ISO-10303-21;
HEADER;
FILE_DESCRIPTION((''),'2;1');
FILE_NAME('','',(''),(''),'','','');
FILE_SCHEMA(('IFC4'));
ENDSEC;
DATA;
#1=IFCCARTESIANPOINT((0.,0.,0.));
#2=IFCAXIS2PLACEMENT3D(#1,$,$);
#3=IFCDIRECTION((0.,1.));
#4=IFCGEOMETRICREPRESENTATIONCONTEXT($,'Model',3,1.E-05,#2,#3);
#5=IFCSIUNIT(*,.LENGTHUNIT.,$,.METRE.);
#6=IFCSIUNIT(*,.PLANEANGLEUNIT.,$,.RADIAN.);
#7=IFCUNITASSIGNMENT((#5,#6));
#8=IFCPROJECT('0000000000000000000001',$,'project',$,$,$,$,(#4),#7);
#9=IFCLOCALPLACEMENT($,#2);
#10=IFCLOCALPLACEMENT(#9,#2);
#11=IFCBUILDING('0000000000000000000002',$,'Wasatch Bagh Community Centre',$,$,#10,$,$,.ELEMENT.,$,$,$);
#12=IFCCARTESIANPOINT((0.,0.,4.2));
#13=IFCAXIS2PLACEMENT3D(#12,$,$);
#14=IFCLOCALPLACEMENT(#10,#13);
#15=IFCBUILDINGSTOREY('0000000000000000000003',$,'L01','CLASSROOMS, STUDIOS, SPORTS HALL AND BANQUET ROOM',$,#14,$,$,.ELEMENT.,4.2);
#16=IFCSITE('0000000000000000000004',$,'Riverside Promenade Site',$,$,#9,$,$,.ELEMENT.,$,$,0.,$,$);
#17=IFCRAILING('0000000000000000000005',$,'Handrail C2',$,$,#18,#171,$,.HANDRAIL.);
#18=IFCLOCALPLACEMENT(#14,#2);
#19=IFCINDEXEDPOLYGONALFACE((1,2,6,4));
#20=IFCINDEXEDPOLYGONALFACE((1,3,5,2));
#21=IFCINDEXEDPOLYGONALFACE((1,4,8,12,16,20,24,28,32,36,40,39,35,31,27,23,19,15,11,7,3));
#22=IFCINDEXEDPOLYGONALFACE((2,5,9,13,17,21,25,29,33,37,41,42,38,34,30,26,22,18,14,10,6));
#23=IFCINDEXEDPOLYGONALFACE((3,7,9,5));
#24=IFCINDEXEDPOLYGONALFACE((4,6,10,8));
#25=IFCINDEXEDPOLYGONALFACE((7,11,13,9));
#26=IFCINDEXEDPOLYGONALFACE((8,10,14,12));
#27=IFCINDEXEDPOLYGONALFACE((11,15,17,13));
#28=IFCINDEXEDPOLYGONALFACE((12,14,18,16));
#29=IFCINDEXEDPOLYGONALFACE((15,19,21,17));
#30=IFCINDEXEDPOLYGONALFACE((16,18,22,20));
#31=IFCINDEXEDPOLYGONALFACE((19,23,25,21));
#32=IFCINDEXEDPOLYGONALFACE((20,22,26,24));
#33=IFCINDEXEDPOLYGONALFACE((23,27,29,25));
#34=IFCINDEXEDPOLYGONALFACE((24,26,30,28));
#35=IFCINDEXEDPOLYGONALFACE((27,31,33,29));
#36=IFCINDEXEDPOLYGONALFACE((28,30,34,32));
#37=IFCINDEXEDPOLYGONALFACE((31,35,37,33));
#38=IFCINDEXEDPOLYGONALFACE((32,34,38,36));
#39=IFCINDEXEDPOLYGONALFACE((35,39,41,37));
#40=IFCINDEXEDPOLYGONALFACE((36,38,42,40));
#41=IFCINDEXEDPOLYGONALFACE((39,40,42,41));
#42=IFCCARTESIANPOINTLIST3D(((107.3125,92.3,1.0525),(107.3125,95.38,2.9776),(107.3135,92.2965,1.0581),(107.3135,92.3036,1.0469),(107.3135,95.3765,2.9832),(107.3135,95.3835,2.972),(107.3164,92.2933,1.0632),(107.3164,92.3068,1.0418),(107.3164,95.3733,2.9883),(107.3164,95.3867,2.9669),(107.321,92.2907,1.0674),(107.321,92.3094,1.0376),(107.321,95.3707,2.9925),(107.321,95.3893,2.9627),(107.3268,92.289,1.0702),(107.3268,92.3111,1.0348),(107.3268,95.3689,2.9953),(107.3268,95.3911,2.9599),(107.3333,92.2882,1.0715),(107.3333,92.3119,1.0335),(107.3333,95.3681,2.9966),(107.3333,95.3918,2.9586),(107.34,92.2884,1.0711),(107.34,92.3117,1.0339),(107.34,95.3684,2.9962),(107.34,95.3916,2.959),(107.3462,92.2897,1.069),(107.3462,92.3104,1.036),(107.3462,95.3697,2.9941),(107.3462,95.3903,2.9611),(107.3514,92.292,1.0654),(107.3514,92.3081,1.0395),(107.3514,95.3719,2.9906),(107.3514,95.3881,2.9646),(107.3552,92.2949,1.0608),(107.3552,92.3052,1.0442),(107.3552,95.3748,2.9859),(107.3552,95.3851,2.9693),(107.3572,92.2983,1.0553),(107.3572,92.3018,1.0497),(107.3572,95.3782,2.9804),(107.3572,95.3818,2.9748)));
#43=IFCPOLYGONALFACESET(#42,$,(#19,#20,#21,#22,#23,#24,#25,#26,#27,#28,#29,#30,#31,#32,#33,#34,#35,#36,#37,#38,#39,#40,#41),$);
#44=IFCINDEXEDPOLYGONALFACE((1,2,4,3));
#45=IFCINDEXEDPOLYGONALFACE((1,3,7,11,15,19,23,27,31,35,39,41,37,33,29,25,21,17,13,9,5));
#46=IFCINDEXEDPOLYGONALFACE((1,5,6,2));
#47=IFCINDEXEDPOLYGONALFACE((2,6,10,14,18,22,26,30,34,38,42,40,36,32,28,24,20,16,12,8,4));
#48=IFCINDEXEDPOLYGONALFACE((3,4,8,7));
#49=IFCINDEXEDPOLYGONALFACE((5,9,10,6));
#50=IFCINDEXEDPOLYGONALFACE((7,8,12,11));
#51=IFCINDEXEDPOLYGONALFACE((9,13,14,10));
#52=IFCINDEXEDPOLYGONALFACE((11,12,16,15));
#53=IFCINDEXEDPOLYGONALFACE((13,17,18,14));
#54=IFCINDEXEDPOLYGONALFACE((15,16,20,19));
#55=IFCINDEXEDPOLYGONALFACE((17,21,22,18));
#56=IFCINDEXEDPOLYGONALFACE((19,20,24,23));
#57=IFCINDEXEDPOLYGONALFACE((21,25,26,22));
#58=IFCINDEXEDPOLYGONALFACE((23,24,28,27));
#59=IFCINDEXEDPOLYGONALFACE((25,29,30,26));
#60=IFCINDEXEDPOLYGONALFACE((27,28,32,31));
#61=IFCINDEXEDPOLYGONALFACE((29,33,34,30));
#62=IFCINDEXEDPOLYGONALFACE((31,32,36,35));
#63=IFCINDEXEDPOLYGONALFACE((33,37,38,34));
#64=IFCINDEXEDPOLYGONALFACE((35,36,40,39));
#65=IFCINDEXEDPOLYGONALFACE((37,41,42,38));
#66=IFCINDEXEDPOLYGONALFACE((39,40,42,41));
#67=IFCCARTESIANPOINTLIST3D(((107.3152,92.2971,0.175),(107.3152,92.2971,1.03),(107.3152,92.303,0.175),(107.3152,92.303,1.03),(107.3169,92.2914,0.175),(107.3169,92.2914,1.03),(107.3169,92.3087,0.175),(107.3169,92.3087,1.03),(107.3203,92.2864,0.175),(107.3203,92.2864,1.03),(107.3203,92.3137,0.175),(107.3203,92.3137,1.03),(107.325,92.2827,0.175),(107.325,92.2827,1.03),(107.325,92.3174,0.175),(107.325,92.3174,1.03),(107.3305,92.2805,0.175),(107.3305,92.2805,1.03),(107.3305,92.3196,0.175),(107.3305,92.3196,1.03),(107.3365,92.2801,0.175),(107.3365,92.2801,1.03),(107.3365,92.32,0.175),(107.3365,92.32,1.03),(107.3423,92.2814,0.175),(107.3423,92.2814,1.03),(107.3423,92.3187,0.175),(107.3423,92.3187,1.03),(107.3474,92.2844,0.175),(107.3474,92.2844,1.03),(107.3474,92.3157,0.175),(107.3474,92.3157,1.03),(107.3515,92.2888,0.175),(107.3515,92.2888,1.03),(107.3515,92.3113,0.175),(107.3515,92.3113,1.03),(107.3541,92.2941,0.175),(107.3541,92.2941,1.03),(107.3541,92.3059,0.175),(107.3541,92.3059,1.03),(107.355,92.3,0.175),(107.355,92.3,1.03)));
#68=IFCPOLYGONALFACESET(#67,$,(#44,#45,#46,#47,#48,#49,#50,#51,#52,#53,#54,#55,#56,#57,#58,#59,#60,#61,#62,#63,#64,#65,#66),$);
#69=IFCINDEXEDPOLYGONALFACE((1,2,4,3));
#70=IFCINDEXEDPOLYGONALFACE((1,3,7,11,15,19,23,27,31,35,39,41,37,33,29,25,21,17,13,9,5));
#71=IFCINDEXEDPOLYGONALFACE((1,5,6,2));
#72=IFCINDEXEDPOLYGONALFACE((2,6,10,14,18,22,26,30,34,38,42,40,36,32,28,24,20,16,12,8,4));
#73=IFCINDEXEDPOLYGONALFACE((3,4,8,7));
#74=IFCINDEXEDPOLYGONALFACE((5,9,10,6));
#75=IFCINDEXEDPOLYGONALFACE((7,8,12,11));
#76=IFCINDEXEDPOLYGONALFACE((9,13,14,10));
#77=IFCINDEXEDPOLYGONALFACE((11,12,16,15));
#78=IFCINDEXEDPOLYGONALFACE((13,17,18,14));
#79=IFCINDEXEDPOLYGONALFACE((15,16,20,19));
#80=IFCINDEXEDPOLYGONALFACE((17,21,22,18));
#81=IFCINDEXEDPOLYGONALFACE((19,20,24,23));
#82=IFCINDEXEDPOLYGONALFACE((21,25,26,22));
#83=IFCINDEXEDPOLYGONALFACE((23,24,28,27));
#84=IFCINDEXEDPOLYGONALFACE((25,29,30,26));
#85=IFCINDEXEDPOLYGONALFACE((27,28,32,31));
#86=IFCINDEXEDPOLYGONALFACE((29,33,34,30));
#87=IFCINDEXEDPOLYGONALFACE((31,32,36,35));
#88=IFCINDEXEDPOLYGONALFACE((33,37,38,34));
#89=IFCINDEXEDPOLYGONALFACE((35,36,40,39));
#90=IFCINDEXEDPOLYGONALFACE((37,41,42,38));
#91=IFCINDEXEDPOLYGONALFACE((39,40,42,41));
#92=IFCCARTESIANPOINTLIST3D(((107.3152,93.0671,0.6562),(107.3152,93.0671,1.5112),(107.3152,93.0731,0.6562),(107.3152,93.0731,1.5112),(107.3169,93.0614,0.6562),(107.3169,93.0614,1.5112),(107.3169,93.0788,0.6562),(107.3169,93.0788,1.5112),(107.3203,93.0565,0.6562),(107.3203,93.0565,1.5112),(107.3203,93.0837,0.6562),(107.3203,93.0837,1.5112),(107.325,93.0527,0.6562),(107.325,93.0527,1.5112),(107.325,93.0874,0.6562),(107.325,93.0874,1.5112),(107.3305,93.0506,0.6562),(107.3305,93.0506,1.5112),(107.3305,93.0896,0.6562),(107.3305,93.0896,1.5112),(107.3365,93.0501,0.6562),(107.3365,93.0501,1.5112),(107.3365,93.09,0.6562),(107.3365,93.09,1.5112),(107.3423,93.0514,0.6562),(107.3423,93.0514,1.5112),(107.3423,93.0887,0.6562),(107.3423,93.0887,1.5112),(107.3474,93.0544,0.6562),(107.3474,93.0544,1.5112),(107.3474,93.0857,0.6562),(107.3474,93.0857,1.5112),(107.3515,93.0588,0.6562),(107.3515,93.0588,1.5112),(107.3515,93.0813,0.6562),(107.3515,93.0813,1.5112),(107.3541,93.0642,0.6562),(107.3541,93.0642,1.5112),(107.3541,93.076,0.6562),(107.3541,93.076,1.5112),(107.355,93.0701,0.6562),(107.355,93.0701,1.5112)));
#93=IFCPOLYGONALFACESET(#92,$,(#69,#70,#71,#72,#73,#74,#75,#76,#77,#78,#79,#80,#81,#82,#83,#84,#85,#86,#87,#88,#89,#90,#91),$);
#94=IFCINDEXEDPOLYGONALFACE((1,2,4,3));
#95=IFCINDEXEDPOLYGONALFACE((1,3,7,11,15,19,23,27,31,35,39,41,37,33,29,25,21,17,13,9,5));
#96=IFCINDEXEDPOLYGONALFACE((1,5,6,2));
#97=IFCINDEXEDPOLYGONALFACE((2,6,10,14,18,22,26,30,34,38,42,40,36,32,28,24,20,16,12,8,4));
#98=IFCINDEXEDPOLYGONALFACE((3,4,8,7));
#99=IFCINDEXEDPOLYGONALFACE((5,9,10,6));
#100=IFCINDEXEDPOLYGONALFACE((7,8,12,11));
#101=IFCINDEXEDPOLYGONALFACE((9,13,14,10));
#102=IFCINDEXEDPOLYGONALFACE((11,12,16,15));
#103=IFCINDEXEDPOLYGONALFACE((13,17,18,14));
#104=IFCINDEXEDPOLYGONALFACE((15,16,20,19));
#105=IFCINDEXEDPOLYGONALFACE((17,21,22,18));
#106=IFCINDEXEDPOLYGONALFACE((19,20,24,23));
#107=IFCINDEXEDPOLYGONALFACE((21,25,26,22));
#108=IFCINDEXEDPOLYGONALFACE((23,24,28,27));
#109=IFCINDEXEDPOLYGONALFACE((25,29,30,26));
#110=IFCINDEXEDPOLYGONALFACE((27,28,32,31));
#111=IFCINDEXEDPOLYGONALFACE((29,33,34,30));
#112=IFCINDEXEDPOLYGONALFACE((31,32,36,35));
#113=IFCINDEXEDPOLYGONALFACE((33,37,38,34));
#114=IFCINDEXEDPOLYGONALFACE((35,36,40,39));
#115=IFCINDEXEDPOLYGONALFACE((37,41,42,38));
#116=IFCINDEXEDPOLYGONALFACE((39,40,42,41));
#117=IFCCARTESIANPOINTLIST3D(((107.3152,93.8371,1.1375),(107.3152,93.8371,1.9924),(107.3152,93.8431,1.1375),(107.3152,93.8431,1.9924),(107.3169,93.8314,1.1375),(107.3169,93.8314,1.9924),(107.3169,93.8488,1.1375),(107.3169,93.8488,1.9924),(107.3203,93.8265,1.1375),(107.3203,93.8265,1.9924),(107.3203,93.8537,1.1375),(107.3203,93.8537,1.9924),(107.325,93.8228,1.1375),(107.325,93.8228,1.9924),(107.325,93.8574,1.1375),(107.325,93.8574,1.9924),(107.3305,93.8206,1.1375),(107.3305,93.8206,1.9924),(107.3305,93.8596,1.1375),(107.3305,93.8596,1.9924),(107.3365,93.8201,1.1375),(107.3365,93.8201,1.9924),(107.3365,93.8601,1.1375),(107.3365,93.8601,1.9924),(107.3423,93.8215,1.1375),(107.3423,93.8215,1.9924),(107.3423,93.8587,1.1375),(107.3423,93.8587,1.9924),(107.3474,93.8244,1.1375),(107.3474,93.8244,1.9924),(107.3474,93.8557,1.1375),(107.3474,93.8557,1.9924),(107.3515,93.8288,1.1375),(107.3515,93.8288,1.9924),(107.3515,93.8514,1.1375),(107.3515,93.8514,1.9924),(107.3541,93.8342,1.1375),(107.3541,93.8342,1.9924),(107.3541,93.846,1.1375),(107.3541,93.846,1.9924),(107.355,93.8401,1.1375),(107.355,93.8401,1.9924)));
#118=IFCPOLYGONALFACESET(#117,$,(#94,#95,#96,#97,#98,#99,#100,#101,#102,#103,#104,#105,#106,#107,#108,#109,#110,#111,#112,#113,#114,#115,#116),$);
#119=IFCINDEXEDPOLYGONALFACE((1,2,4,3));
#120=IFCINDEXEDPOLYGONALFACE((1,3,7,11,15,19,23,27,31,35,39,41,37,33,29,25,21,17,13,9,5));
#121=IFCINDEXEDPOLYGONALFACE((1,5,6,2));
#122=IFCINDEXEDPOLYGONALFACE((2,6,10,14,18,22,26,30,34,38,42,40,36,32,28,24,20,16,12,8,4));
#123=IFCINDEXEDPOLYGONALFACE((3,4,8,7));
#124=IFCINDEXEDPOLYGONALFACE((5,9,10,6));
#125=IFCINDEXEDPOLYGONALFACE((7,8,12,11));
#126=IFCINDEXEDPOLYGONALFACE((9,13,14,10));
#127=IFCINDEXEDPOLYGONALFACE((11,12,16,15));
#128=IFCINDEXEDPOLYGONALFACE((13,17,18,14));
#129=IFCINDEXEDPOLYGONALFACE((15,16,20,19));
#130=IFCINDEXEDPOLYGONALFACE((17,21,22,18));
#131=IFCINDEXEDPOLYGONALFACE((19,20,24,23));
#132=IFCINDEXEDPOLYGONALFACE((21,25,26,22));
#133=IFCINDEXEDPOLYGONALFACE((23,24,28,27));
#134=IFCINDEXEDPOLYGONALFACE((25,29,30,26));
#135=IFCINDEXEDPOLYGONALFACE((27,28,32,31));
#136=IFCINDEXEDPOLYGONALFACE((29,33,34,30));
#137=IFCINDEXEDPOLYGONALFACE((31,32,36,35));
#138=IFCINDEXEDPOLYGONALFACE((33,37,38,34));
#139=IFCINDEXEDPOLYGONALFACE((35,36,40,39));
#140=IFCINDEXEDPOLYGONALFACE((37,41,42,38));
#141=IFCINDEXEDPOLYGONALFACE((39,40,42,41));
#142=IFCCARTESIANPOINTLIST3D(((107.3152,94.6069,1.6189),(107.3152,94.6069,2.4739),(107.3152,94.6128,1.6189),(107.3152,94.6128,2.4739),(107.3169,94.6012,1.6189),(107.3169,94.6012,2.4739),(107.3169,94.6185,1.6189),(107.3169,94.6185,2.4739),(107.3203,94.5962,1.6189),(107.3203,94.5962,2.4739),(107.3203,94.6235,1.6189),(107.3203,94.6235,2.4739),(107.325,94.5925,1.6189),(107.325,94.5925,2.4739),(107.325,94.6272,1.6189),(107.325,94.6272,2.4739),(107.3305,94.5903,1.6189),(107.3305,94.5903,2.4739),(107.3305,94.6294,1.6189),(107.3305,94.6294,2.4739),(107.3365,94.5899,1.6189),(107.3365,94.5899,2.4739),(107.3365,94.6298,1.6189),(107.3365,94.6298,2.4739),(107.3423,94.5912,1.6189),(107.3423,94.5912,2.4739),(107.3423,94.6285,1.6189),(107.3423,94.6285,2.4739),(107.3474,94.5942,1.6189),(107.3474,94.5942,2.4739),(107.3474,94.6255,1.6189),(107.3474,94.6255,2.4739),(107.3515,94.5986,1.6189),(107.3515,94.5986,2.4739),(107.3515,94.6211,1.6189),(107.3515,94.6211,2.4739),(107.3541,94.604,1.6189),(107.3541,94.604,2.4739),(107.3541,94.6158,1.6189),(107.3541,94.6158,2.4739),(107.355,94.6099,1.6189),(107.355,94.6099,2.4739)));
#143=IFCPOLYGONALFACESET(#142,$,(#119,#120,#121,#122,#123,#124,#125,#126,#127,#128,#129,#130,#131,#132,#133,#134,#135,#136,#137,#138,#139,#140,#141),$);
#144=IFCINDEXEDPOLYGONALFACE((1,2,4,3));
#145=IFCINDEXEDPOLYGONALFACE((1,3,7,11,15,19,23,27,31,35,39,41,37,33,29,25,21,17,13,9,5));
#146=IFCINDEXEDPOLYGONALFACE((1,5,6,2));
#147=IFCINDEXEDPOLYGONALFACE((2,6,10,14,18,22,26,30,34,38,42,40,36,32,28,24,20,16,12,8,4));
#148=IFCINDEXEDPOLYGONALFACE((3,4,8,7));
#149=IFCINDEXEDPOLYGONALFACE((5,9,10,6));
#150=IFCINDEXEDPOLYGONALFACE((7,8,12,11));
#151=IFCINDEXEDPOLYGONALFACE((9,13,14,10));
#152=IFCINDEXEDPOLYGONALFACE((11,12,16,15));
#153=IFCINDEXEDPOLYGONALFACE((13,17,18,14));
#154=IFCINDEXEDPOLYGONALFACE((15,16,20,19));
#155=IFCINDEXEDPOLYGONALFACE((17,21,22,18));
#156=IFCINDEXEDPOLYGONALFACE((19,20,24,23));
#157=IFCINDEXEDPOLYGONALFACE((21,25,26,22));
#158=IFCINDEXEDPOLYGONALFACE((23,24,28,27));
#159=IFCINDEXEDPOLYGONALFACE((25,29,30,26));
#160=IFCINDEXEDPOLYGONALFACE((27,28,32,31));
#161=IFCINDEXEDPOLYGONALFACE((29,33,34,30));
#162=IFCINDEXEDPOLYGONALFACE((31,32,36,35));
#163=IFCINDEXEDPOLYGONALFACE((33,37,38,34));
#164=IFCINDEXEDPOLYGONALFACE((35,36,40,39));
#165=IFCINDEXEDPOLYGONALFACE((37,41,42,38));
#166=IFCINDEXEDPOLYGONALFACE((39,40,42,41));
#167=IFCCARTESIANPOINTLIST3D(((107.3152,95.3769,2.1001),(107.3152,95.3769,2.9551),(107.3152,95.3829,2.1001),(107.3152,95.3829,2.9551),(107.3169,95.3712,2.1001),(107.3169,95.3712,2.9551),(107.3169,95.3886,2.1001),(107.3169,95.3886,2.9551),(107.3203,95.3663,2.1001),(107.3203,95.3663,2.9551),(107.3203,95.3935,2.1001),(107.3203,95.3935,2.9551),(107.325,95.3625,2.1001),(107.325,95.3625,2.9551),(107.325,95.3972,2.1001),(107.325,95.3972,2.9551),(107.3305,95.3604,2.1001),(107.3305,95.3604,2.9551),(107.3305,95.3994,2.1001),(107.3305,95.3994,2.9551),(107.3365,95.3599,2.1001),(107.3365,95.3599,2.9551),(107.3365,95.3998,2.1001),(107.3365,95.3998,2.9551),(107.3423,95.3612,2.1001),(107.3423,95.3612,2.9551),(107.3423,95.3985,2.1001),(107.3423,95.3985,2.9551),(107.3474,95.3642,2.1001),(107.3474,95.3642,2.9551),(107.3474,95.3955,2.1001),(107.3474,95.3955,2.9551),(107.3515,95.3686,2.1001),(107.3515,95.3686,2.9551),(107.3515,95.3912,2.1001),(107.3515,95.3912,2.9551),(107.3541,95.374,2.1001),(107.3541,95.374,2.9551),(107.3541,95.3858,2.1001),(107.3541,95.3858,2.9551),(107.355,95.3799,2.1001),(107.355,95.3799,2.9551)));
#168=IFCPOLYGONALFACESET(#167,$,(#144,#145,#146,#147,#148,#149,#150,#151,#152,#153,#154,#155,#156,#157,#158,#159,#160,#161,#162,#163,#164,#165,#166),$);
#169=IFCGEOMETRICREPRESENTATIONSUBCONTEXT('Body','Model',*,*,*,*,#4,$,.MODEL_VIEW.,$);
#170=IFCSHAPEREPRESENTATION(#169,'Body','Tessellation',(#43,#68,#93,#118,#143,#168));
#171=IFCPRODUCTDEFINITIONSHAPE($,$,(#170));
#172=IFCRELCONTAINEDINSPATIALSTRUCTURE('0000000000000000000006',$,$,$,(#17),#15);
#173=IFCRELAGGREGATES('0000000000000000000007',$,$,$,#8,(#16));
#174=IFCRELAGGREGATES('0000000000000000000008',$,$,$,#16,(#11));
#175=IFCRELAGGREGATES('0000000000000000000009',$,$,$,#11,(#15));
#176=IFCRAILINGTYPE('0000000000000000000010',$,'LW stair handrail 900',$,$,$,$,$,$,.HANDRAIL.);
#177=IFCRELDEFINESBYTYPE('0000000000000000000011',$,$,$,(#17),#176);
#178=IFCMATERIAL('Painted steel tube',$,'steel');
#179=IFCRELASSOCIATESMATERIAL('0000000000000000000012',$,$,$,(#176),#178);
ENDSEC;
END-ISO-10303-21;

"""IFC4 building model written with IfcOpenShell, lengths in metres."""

from ifc_helpers import new_model, si_unit, direction, frame, origin, origin_2d, place, context, subcontext, project, spatial, circle, extrude, material, type_object, element, save


model = new_model("IFC4")

# Units and contexts
model_context = context("Model", 3, precision=1e-05, world=origin(), true_north=direction((0.0, 1.0)))
body_context = subcontext(model_context, "Body", "Model", "MODEL_VIEW")
ifc_project = project(units=[si_unit("LENGTHUNIT", "METRE"), si_unit("PLANEANGLEUNIT", "RADIAN")], contexts=[model_context])

# Site, building, storey
site_placement = place(None, origin())
site = spatial("IfcSite", under=ifc_project, at=site_placement, Name="Riverside Promenade Site", CompositionType="ELEMENT", RefElevation=0.0)
building_placement = place(site_placement, origin())
building = spatial("IfcBuilding", under=site, at=building_placement, Name="Wasatch Bagh Community Centre", CompositionType="ELEMENT")
storey_placement = place(building_placement, frame((0.0, 0.0, 4.2)))
storey = spatial("IfcBuildingStorey", under=building, at=storey_placement, Name="L01", Description="CLASSROOMS, STUDIOS, SPORTS HALL AND BANQUET ROOM", CompositionType="ELEMENT", Elevation=4.2)

# Railing
ifc_material_1 = material(Name="Painted steel tube", Category="steel")
railing_type_1 = type_object("IfcRailingType", Name="LW stair handrail 900", PredefinedType="HANDRAIL", material=ifc_material_1)
railing_1_placement = place(storey_placement, frame((107.335, 92.3, 0.175)))
element("IfcRailing", 1, at=railing_1_placement, inside=storey, type_object=railing_type_1, Name="Handrail C2", PredefinedType="HANDRAIL", context=body_context, shape_type="SweptSolid", body=[
    extrude(circle(Radius=0.0225, at=origin_2d()), frame((0.0, 0.0, 0.8774), z_axis=(0.0, 0.847979, 0.530029), x_axis=(-1.0, 0.0, 0.0)), (0.0, 0.0, 1.0), 3.6321),
    extrude(circle(Radius=0.02, at=origin_2d()), origin(), (0.0, 0.0, 1.0), 0.855),
    extrude(circle(Radius=0.02, at=origin_2d()), frame((0.0, 0.77, 0.4812)), (0.0, 0.0, 1.0), 0.855),
    extrude(circle(Radius=0.02, at=origin_2d()), frame((0.0, 1.54, 0.9624)), (0.0, 0.0, 1.0), 0.855),
    extrude(circle(Radius=0.02, at=origin_2d()), frame((0.0, 2.3098, 1.4438)), (0.0, 0.0, 1.0), 0.855),
    extrude(circle(Radius=0.02, at=origin_2d()), frame((0.0, 3.0798, 1.925)), (0.0, 0.0, 1.0), 0.855),
])

save(model, "model.ifc")
